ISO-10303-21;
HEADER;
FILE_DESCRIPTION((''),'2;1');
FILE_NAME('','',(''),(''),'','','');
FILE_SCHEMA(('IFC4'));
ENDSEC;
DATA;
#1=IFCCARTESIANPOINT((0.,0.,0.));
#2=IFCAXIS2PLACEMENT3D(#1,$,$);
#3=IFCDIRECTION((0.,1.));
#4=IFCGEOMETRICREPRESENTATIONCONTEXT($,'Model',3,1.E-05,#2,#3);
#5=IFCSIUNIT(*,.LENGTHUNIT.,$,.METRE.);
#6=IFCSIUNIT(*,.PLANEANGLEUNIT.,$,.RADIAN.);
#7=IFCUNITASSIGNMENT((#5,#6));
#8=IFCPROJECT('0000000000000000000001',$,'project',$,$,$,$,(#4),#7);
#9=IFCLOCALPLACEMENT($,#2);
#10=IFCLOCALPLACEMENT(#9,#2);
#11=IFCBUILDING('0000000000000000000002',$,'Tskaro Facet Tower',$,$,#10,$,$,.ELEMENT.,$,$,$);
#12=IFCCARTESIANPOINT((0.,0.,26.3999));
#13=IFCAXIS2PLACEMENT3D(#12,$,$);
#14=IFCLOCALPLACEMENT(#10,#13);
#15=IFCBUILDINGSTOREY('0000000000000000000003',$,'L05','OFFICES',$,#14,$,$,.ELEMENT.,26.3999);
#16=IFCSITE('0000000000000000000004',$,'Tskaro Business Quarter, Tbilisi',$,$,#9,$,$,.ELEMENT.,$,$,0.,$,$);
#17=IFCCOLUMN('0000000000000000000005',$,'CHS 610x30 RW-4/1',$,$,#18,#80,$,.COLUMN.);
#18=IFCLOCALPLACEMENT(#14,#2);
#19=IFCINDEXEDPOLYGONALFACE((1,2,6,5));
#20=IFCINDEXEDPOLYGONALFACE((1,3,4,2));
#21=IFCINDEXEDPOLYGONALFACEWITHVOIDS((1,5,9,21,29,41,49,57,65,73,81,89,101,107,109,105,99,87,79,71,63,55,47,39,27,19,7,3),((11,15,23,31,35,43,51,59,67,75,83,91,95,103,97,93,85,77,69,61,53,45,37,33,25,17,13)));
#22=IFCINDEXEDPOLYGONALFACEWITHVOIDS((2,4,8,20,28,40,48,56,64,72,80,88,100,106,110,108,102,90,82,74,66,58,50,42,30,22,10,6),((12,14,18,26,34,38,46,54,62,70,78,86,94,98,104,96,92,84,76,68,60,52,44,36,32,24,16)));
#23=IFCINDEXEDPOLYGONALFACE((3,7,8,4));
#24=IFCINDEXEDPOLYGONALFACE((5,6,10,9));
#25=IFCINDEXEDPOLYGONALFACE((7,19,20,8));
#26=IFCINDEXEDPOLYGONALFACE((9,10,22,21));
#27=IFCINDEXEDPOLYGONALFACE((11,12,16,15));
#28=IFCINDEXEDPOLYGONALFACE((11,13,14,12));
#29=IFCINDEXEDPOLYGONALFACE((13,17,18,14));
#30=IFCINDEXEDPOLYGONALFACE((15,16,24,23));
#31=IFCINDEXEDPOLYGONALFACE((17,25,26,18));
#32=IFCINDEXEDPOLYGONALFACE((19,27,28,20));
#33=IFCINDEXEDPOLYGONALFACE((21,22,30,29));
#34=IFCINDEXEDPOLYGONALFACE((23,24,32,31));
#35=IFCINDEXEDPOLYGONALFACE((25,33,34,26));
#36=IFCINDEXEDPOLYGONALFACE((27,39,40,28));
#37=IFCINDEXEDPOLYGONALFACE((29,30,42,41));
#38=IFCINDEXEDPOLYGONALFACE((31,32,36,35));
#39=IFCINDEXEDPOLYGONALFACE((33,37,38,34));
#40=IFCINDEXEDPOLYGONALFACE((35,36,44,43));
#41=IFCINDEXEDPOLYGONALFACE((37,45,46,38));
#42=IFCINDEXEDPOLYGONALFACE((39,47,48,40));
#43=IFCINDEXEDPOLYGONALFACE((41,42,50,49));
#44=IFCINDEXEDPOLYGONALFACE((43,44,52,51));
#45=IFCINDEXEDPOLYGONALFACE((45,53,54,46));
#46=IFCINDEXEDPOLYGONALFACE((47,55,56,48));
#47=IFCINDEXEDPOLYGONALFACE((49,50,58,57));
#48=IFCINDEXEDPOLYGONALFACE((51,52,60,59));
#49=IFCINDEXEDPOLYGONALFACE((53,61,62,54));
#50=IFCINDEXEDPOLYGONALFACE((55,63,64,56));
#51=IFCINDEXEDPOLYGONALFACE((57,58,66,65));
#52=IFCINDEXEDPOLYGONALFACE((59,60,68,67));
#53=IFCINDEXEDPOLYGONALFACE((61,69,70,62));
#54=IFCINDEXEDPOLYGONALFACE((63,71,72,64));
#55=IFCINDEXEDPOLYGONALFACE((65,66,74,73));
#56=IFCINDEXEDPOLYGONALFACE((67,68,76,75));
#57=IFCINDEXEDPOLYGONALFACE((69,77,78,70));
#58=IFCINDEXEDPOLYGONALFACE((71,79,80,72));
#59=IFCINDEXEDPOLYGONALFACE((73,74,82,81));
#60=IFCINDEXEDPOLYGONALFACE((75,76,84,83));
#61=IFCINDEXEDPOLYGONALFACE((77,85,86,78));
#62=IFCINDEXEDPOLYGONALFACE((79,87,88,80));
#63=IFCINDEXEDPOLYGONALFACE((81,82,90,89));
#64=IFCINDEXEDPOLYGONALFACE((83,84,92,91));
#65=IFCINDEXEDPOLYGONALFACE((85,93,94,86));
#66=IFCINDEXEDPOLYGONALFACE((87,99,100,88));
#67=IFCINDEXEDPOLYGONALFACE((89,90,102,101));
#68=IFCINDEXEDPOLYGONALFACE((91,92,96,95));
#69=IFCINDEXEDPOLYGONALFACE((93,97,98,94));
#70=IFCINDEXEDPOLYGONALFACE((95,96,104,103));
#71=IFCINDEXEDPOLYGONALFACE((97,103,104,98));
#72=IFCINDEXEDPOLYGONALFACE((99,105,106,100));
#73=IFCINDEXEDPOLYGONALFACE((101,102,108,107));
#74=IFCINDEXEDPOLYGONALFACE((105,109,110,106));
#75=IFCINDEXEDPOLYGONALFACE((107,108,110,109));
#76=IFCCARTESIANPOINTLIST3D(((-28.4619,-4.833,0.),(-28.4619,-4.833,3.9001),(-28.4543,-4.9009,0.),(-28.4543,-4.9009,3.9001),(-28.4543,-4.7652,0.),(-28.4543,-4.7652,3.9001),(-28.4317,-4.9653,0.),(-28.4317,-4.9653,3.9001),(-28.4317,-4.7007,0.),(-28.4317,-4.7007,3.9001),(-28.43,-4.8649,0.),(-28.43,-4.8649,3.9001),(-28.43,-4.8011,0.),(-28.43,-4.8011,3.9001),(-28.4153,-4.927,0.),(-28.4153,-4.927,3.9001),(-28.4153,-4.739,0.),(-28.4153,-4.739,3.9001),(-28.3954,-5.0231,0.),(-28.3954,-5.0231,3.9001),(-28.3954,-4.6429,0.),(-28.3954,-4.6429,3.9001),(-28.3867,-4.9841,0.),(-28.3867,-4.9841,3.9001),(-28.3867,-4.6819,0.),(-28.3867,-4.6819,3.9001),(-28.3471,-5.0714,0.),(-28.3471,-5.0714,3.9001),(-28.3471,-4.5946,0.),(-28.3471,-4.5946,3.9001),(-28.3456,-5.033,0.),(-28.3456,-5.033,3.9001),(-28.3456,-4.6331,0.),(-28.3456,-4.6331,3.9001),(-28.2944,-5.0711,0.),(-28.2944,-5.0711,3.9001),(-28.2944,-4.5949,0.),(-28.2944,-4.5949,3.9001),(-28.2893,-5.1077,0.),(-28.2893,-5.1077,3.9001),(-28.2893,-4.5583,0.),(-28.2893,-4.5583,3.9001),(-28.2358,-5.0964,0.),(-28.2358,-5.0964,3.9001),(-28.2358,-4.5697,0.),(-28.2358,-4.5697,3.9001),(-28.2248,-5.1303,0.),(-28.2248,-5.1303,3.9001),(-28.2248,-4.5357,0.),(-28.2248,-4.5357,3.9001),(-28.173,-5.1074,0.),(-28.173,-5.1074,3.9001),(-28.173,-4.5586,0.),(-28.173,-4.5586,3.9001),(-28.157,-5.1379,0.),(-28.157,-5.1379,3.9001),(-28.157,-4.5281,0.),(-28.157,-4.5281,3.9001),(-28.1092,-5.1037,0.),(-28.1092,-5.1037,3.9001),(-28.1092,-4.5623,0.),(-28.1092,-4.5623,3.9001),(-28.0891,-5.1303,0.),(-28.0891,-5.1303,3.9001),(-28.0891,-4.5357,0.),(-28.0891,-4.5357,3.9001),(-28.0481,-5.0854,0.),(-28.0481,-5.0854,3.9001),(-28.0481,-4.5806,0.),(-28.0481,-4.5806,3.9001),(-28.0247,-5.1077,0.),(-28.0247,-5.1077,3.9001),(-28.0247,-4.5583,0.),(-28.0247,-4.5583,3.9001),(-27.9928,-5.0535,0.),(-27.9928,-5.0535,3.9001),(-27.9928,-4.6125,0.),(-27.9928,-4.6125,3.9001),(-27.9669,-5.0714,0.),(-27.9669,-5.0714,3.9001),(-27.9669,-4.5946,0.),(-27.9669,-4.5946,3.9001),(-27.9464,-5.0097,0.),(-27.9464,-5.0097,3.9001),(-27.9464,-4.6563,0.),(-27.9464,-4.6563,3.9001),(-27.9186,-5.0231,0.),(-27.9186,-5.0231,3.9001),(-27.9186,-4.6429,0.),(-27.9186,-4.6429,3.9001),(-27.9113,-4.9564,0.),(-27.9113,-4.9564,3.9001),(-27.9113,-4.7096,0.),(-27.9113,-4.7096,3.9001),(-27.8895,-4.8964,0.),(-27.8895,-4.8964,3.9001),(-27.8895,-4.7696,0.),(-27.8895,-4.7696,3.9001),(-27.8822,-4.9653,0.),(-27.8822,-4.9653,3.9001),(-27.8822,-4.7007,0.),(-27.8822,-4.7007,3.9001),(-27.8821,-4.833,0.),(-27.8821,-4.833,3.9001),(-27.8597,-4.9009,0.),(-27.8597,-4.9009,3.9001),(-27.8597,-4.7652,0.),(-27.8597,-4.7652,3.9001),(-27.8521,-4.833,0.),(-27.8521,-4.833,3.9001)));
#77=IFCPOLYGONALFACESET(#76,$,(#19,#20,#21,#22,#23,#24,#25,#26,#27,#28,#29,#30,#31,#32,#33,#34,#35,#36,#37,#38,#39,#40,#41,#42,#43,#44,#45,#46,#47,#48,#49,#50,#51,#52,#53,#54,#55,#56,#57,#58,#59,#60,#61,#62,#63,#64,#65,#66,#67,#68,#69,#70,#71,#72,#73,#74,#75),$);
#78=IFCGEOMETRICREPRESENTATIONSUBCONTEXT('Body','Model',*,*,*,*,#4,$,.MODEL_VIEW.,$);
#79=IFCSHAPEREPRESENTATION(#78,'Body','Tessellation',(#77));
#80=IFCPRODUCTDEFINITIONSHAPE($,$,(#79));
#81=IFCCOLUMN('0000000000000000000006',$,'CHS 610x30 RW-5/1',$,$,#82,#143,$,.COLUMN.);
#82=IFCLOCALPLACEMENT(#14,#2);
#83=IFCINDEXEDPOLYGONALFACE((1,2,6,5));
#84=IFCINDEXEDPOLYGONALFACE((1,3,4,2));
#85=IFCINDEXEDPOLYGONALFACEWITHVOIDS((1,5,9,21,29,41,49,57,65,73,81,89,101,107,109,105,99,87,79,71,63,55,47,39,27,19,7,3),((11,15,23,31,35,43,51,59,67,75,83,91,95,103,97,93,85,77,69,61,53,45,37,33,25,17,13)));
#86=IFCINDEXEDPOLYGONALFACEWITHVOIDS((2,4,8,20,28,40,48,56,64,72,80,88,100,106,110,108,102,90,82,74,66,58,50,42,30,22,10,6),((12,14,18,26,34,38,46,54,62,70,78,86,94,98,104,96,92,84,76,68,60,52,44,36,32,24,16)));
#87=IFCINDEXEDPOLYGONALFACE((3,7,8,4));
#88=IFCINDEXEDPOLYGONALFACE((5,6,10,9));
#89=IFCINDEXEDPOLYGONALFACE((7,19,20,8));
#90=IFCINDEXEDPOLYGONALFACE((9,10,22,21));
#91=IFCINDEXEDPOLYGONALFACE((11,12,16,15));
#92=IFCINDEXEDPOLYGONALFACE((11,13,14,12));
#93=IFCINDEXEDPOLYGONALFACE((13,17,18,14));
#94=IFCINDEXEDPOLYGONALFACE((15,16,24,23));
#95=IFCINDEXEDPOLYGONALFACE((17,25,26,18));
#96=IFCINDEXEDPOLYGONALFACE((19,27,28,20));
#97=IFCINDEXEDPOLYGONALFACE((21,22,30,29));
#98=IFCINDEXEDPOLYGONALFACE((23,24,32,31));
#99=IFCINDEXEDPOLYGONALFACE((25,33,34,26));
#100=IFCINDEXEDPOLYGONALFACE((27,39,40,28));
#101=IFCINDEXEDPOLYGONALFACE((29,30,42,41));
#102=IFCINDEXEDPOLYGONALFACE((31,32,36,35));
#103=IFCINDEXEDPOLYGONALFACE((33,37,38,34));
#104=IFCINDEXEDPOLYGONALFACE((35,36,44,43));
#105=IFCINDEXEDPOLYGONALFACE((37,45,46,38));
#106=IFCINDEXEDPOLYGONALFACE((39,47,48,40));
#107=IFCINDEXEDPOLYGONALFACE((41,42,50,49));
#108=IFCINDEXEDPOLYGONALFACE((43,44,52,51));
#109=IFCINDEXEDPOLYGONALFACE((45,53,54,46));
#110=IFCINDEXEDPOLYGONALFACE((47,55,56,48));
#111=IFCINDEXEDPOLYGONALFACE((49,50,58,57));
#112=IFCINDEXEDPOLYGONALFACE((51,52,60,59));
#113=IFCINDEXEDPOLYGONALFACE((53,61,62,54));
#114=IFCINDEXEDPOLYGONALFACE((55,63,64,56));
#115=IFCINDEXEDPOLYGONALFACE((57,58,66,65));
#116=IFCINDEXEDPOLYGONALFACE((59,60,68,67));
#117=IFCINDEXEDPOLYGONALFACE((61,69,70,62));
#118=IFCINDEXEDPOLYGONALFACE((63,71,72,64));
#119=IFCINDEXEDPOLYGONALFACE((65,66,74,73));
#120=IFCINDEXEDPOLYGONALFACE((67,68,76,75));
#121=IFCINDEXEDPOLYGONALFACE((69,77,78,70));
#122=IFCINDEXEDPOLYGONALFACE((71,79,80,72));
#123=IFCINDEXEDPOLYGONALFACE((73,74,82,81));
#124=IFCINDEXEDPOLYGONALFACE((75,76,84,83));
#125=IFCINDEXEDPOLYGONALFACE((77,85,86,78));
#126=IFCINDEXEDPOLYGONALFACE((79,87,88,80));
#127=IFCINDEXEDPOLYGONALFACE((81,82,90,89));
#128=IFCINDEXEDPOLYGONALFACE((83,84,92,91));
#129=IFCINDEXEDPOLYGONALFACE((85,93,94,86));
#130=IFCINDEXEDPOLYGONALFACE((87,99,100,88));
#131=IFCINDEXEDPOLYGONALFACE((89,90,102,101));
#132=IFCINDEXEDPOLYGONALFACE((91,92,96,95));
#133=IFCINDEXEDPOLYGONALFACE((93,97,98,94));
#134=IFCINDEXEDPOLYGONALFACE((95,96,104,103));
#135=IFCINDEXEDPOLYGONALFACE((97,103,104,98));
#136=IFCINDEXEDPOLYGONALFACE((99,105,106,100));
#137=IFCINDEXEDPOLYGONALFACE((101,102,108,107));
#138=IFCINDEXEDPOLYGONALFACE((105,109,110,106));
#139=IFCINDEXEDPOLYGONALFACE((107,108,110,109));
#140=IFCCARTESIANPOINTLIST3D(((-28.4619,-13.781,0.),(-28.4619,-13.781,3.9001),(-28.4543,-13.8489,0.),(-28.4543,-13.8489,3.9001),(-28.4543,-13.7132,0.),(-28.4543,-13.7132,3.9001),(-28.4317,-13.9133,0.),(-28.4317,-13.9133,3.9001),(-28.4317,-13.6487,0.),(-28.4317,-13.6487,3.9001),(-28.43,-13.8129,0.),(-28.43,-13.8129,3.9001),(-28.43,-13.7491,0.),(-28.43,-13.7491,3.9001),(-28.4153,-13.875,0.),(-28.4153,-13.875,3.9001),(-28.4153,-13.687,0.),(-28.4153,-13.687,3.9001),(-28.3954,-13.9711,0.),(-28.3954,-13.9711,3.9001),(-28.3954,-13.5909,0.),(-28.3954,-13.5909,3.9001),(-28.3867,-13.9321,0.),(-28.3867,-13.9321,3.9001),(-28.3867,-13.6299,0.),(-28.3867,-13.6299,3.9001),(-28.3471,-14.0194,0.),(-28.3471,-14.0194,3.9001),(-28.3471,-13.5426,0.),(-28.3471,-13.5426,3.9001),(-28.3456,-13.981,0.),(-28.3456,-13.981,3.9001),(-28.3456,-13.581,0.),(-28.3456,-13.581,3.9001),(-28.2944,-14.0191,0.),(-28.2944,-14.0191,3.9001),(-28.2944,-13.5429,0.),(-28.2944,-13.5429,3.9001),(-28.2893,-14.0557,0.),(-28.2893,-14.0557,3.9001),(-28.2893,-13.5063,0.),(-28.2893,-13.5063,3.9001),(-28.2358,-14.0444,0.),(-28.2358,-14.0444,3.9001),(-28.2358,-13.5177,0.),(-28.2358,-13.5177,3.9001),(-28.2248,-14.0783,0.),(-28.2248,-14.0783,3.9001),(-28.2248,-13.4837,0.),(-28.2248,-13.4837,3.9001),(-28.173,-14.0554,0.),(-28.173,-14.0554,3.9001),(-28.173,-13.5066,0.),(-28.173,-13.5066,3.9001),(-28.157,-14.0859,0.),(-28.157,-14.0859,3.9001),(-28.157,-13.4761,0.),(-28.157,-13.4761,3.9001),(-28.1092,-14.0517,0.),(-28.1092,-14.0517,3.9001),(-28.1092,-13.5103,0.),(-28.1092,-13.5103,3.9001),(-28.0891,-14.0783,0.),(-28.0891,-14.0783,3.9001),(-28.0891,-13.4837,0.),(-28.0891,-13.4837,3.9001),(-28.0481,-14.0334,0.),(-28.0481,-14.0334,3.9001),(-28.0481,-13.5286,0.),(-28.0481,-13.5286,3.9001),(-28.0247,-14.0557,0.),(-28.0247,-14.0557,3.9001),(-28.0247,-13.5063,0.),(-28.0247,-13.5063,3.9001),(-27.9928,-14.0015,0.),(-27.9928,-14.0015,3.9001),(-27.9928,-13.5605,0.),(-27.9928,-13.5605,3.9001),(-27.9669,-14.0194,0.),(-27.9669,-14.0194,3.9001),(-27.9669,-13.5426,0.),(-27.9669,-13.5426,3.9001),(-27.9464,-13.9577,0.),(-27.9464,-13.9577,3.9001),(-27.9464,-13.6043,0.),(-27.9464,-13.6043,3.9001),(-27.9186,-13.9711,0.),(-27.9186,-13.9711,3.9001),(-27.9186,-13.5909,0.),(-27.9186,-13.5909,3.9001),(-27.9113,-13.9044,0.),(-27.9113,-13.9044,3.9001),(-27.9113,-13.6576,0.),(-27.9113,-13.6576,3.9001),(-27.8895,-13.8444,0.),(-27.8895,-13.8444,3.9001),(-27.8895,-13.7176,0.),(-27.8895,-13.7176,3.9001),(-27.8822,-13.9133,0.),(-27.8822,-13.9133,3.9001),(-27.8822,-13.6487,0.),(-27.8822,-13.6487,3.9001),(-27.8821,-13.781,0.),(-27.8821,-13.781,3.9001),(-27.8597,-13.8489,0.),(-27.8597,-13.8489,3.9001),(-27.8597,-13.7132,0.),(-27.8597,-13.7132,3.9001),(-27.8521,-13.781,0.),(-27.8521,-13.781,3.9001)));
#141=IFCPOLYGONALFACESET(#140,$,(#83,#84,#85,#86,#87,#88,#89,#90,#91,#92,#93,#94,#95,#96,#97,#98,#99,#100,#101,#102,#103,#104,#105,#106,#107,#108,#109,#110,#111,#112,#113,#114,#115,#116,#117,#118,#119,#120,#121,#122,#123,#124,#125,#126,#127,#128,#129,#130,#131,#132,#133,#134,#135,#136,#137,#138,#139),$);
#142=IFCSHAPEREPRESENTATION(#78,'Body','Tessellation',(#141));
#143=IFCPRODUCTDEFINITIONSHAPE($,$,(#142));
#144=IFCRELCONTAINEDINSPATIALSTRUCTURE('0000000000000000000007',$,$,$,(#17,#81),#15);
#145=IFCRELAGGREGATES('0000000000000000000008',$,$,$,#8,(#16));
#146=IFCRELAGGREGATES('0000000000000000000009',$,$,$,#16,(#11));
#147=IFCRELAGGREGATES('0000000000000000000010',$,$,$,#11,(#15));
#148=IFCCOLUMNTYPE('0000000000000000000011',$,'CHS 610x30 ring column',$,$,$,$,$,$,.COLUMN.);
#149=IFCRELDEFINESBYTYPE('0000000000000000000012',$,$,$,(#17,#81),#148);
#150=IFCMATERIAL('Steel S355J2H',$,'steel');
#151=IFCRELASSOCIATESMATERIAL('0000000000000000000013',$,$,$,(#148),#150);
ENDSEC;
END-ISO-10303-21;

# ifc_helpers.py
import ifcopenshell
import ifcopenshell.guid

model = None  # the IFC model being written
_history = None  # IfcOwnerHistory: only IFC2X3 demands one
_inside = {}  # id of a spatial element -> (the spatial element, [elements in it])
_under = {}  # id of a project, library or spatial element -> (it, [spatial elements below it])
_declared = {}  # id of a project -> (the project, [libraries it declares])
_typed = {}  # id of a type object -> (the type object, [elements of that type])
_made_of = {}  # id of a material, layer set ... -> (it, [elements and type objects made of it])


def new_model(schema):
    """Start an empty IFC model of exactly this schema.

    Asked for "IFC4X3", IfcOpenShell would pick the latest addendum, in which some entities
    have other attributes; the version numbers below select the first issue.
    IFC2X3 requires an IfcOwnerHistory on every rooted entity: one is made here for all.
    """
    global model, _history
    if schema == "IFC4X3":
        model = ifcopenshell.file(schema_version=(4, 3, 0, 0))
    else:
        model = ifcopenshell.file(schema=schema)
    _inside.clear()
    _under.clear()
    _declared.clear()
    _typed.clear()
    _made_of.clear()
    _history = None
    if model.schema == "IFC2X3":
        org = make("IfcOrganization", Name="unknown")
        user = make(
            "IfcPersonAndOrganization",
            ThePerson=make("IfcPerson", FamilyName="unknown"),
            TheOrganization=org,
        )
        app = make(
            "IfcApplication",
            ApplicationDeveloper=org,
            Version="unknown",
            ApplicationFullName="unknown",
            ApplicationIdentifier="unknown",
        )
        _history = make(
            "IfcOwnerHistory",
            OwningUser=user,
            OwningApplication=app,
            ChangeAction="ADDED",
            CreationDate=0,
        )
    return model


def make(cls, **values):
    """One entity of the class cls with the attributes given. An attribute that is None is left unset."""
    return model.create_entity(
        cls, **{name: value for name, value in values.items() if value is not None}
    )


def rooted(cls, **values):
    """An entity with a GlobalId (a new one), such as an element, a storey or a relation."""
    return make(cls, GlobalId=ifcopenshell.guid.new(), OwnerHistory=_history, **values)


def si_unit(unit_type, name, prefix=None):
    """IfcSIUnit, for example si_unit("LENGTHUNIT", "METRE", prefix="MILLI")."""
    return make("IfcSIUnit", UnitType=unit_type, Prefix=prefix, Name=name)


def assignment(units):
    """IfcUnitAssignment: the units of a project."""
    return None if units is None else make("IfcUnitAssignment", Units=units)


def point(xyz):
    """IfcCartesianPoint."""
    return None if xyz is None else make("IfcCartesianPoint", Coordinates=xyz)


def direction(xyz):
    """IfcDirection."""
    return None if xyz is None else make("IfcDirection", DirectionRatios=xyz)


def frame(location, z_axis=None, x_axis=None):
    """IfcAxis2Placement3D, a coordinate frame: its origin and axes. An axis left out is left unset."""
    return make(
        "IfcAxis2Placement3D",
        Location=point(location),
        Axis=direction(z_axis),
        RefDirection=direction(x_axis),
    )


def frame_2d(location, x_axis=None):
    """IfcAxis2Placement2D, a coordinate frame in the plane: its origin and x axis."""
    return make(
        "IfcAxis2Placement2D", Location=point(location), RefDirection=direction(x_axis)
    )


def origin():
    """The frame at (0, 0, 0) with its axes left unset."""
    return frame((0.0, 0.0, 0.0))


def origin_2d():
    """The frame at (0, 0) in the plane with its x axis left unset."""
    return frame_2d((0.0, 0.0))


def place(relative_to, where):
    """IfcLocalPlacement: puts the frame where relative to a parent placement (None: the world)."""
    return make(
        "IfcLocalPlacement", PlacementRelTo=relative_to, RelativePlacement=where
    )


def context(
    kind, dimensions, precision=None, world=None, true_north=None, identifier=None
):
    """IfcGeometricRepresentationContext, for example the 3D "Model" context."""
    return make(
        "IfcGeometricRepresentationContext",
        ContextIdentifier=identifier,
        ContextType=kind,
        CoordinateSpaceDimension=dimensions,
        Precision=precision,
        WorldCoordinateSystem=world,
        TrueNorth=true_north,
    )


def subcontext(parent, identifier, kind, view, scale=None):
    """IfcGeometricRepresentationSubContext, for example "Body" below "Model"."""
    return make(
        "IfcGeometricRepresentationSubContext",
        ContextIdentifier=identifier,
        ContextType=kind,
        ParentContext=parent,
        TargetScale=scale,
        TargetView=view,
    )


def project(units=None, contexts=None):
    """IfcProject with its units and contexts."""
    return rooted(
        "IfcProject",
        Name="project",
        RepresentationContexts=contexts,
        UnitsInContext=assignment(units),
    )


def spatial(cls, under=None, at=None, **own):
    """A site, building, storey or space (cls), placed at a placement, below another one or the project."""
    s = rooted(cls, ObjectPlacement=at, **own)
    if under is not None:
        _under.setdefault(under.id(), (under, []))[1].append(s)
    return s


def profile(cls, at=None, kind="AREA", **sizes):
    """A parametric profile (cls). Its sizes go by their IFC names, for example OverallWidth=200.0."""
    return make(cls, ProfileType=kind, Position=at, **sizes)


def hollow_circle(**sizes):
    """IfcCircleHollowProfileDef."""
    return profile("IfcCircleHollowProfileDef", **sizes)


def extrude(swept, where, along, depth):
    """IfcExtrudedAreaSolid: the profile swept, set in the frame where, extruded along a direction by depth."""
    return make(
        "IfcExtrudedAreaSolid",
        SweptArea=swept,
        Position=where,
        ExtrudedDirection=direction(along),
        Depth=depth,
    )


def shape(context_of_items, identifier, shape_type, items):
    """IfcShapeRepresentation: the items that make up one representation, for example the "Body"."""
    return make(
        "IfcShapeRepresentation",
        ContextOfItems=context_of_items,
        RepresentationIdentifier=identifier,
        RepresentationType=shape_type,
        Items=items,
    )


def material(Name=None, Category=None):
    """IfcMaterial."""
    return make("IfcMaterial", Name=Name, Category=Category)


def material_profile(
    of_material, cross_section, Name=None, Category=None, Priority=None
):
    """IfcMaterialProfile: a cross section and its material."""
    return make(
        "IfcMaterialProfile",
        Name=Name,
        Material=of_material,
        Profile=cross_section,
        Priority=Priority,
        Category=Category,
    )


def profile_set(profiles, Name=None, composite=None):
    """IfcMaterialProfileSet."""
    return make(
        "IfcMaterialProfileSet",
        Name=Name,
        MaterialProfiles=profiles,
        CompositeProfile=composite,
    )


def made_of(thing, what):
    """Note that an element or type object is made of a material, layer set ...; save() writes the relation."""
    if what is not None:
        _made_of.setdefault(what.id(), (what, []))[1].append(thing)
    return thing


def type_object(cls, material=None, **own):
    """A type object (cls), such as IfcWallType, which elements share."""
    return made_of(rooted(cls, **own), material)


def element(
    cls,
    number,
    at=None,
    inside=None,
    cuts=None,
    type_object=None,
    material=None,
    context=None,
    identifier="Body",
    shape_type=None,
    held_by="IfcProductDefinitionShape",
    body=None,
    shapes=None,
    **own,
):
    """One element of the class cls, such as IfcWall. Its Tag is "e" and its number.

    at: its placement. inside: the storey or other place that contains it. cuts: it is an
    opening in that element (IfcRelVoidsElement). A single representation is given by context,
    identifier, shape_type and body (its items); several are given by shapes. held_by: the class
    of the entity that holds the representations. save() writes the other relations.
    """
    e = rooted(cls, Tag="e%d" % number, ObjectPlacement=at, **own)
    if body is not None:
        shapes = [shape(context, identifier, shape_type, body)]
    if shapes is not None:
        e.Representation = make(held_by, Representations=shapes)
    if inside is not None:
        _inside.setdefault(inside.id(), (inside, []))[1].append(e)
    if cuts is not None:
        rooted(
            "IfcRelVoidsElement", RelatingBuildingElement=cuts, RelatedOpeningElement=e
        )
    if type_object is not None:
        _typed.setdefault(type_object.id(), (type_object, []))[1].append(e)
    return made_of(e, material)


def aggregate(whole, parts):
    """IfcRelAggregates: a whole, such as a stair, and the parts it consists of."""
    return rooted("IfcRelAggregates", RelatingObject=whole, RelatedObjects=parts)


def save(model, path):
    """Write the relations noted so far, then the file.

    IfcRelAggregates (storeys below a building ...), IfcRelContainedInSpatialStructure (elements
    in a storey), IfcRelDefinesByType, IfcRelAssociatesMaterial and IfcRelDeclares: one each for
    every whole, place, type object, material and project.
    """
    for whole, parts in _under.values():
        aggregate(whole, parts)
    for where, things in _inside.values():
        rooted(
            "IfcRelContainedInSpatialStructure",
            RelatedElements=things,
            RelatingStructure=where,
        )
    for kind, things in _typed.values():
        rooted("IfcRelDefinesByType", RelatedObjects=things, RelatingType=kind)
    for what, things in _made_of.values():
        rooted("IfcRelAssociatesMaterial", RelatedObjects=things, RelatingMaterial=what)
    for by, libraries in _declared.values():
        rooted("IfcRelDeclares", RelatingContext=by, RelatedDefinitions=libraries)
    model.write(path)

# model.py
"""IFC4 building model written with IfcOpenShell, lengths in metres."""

from ifc_helpers import new_model, si_unit, direction, frame, origin, origin_2d, place, context, subcontext, project, spatial, hollow_circle, extrude, material, material_profile, profile_set, type_object, element, save


model = new_model("IFC4")

# Units and contexts
model_context = context("Model", 3, precision=1e-05, world=origin(), true_north=direction((0.0, 1.0)))
body_context = subcontext(model_context, "Body", "Model", "MODEL_VIEW")
ifc_project = project(units=[si_unit("LENGTHUNIT", "METRE"), si_unit("PLANEANGLEUNIT", "RADIAN")], contexts=[model_context])

# Site, building, storey
site_placement = place(None, origin())
site = spatial("IfcSite", under=ifc_project, at=site_placement, Name="Tskaro Business Quarter, Tbilisi", CompositionType="ELEMENT", RefElevation=0.0)
building_placement = place(site_placement, origin())
building = spatial("IfcBuilding", under=site, at=building_placement, Name="Tskaro Facet Tower", CompositionType="ELEMENT")
storey_placement = place(building_placement, frame((0.0, 0.0, 26.3999)))
storey = spatial("IfcBuildingStorey", under=building, at=storey_placement, Name="L05", Description="OFFICES", CompositionType="ELEMENT", Elevation=26.3999)

# Columns
ifc_material_1 = material(Name="Steel S355J2H", Category="steel")
ifc_material_profile_1 = material_profile(ifc_material_1, hollow_circle(Radius=0.3049, WallThickness=0.03, at=origin_2d()), Name="CHS 610x30")
ifc_profile_set_1 = profile_set([ifc_material_profile_1], Name="Steel S355J2H")
column_type_1 = type_object("IfcColumnType", Name="CHS 610x30 ring column", PredefinedType="COLUMN", material=ifc_profile_set_1)
for number, where, z_axis, x_axis, name in (
    (1, (-28.157, -4.833, 0.0), (0.0, 0.0, 1.0), (1.0, 0.0, 0.0), "CHS 610x30 RW-4/1"),
    (2, (-28.157, -13.781, 0.0), (0.0, 0.0, 1.0), (1.0, 0.0, 0.0), "CHS 610x30 RW-5/1"),
):
    element("IfcColumn", number, at=place(storey_placement, frame(where, z_axis=z_axis, x_axis=x_axis)), inside=storey, type_object=column_type_1, Name=name, PredefinedType="COLUMN", context=body_context, shape_type="SweptSolid", body=[
        extrude(hollow_circle(Radius=0.3049, WallThickness=0.03, at=origin_2d()), origin(), (0.0, 0.0, 1.0), 3.9001),
    ])

save(model, "model.ifc")
